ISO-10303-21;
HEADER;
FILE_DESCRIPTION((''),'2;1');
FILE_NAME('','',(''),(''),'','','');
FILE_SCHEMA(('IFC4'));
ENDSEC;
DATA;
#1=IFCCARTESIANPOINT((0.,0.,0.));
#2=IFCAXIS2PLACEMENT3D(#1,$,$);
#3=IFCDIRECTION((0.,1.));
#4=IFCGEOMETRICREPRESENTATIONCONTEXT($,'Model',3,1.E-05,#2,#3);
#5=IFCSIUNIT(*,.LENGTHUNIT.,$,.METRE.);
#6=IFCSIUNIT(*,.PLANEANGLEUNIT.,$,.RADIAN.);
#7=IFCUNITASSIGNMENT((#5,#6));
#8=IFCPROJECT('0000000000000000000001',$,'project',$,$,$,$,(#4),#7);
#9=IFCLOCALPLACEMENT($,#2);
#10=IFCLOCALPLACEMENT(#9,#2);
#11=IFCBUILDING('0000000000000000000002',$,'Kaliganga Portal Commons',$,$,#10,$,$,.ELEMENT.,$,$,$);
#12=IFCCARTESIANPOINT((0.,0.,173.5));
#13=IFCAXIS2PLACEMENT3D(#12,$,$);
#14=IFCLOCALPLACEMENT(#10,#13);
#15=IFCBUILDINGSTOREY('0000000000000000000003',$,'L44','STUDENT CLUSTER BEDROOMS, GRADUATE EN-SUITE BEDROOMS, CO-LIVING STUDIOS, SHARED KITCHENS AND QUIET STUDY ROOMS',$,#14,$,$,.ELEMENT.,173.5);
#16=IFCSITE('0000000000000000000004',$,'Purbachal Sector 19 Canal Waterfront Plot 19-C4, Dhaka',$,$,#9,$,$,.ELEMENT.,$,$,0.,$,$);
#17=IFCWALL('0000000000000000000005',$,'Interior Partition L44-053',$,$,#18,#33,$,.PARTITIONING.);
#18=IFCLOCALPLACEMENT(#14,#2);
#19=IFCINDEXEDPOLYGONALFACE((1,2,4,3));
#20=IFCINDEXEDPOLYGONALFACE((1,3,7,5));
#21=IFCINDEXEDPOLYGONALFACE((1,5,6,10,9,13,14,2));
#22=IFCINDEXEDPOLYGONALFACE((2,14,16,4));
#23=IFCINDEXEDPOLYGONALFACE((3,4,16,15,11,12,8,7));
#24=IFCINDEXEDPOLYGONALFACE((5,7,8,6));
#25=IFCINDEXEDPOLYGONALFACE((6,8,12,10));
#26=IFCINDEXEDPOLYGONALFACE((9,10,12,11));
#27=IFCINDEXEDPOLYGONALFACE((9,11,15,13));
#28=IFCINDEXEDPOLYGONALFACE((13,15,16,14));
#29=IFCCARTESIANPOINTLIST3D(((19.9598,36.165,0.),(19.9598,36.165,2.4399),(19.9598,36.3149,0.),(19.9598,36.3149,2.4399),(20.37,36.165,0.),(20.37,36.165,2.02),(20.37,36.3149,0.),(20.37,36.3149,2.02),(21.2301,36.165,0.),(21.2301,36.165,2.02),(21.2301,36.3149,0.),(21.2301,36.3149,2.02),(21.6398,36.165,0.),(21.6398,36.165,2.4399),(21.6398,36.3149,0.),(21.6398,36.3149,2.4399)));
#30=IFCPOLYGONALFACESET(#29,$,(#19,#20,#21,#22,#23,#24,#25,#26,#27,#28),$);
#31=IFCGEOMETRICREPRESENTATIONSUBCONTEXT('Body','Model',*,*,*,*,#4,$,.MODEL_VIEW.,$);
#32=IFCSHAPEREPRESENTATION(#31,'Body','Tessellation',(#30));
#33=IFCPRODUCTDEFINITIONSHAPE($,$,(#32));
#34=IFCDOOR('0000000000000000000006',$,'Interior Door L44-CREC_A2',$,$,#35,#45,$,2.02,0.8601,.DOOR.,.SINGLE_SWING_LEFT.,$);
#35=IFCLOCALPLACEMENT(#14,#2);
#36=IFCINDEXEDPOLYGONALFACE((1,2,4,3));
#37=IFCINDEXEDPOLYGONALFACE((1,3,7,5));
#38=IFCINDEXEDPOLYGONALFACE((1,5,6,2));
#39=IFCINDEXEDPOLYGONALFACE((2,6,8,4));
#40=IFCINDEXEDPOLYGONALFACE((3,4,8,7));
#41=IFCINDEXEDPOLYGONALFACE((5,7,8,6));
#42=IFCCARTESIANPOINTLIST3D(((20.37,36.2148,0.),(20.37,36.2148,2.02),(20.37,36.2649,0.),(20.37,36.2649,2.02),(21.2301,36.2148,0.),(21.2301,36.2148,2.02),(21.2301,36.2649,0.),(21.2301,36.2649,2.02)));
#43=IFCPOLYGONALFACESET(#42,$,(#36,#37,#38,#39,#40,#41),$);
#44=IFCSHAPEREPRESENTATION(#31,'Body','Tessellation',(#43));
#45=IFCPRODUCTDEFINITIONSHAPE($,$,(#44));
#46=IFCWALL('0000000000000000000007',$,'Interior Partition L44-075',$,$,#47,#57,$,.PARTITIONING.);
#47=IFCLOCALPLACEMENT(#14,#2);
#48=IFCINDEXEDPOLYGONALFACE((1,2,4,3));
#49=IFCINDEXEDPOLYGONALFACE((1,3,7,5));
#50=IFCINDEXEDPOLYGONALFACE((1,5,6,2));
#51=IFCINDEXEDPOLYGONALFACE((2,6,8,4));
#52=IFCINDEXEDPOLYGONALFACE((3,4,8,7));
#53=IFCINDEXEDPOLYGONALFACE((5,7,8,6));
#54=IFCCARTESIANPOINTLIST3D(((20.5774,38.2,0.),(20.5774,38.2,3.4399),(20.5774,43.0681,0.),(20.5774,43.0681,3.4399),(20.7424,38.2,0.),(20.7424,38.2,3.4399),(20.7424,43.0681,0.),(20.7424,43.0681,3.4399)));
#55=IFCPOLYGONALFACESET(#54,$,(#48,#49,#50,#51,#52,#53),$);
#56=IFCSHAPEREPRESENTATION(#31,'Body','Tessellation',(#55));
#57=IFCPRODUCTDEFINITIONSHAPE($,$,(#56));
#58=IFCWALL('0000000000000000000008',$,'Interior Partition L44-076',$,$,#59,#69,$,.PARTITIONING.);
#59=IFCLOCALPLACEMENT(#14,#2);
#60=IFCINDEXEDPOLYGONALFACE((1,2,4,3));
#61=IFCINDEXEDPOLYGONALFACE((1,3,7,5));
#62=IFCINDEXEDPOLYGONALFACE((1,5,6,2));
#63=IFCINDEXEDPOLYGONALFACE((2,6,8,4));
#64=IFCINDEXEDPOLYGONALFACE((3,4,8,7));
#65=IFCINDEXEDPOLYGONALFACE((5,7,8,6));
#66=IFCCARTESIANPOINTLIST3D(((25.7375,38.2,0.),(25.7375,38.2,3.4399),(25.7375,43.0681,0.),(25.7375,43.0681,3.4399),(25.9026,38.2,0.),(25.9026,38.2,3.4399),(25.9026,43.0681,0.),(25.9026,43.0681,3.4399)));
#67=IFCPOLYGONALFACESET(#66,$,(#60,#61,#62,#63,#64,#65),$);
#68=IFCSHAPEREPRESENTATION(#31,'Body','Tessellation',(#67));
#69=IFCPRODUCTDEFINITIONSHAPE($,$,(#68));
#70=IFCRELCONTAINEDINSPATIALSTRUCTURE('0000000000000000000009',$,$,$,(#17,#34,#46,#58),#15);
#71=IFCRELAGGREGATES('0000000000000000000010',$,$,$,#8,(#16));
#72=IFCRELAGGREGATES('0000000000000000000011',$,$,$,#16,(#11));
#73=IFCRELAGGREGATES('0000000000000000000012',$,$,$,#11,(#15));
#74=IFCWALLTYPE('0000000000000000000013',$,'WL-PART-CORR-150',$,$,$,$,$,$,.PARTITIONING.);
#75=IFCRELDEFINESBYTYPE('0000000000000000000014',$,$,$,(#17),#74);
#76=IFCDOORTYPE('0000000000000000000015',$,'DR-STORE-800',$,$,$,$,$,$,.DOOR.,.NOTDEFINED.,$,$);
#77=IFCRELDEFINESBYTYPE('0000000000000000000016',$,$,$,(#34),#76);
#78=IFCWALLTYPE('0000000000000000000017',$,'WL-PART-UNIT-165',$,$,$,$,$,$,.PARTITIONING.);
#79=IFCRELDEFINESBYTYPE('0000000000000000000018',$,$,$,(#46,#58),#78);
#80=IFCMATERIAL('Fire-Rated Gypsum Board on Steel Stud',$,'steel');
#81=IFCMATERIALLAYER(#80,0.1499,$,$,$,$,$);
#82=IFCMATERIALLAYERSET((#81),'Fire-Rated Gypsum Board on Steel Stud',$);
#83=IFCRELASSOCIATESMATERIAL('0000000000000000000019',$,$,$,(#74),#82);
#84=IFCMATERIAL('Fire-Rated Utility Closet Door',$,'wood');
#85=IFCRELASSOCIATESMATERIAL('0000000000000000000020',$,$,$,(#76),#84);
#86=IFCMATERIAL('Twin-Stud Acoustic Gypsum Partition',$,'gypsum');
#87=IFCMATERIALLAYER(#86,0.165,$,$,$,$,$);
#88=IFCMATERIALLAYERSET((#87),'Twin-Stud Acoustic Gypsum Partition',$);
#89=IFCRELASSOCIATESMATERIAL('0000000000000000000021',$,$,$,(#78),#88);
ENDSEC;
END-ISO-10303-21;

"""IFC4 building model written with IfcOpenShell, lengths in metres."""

from ifc_helpers import new_model, si_unit, direction, frame, frame_2d, origin, place, context, subcontext, project, spatial, rectangle, extrude, material, layer, layer_set, type_object, element, fill, save


model = new_model("IFC4")

# Units and contexts
model_context = context("Model", 3, precision=1e-05, world=origin(), true_north=direction((0.0, 1.0)))
body_context = subcontext(model_context, "Body", "Model", "MODEL_VIEW")
ifc_project = project(units=[si_unit("LENGTHUNIT", "METRE"), si_unit("PLANEANGLEUNIT", "RADIAN")], contexts=[model_context])

# Site, building, storey
site_placement = place(None, origin())
site = spatial("IfcSite", under=ifc_project, at=site_placement, Name="Purbachal Sector 19 Canal Waterfront Plot 19-C4, Dhaka", CompositionType="ELEMENT", RefElevation=0.0)
building_placement = place(site_placement, origin())
building = spatial("IfcBuilding", under=site, at=building_placement, Name="Kaliganga Portal Commons", CompositionType="ELEMENT")
storey_placement = place(building_placement, frame((0.0, 0.0, 173.5)))
storey = spatial("IfcBuildingStorey", under=building, at=storey_placement, Name="L44", Description="STUDENT CLUSTER BEDROOMS, GRADUATE EN-SUITE BEDROOMS, CO-LIVING STUDIOS, SHARED KITCHENS AND QUIET STUDY ROOMS", CompositionType="ELEMENT", Elevation=173.5)

# Wall, opening, door
ifc_material_1 = material(Name="Fire-Rated Gypsum Board on Steel Stud", Category="steel")
ifc_layer_1 = layer(ifc_material_1, 0.1499)
ifc_layer_set_1 = layer_set([ifc_layer_1], Name="Fire-Rated Gypsum Board on Steel Stud")
wall_type_1 = type_object("IfcWallType", Name="WL-PART-CORR-150", PredefinedType="PARTITIONING", material=ifc_layer_set_1)
wall_1_placement = place(storey_placement, frame((19.96, 36.24, 0.0), z_axis=(0.0, 0.0, 1.0), x_axis=(1.0, 0.0, 0.0)))
wall_1 = element("IfcWall", 1, at=wall_1_placement, inside=storey, type_object=wall_type_1, Name="Interior Partition L44-053", PredefinedType="PARTITIONING", context=body_context, shape_type="SweptSolid", body=[
    extrude(rectangle(XDim=1.6799, YDim=0.1499, at=frame_2d((0.8398, 0.0))), origin(), (0.0, 0.0, 1.0), 2.4399),
])
opening_1_placement = place(wall_1_placement, frame((0.4099, 0.0, 0.0)))
opening_1 = element("IfcOpeningElement", 2, at=opening_1_placement, cuts=wall_1, PredefinedType="OPENING", context=body_context, shape_type="SweptSolid", body=[
    extrude(rectangle(XDim=0.8601, YDim=2.02, at=frame_2d((0.4302, 1.01))), frame((0.0, 0.085, 0.0), z_axis=(0.0, -1.0, 0.0), x_axis=(1.0, 0.0, 0.0)), (0.0, 0.0, 1.0), 0.1699),
])
ifc_material_2 = material(Name="Fire-Rated Utility Closet Door", Category="wood")
door_type_1 = type_object("IfcDoorType", Name="DR-STORE-800", OperationType="NOTDEFINED", PredefinedType="DOOR", material=ifc_material_2)
door_1_placement = place(opening_1_placement, origin())
door_1 = element("IfcDoor", 3, at=door_1_placement, inside=storey, type_object=door_type_1, Name="Interior Door L44-CREC_A2", OperationType="SINGLE_SWING_LEFT", OverallHeight=2.02, OverallWidth=0.8601, PredefinedType="DOOR", context=body_context, shape_type="SweptSolid", body=[
    extrude(rectangle(XDim=0.8601, YDim=2.02, at=frame_2d((0.4302, 1.01))), frame((0.0, 0.0249, 0.0), z_axis=(0.0, -1.0, 0.0), x_axis=(1.0, 0.0, 0.0)), (0.0, 0.0, 1.0), 0.05),
])
fill(opening_1, door_1)

# Walls
ifc_material_3 = material(Name="Twin-Stud Acoustic Gypsum Partition", Category="gypsum")
ifc_layer_2 = layer(ifc_material_3, 0.165)
ifc_layer_set_2 = layer_set([ifc_layer_2], Name="Twin-Stud Acoustic Gypsum Partition")
wall_type_2 = type_object("IfcWallType", Name="WL-PART-UNIT-165", PredefinedType="PARTITIONING", material=ifc_layer_set_2)
for number, where, z_axis, x_axis, name in (
    (4, (20.6599, 38.2, 0.0), (0.0, 0.0, 1.0), (0.0, 1.0, 0.0), "Interior Partition L44-075"),
    (5, (25.8201, 38.2, 0.0), (0.0, 0.0, 1.0), (0.0, 1.0, 0.0), "Interior Partition L44-076"),
):
    element("IfcWall", number, at=place(storey_placement, frame(where, z_axis=z_axis, x_axis=x_axis)), inside=storey, type_object=wall_type_2, Name=name, PredefinedType="PARTITIONING", context=body_context, shape_type="SweptSolid", body=[
        extrude(rectangle(XDim=4.8682, YDim=0.165, at=frame_2d((2.4341, 0.0))), origin(), (0.0, 0.0, 1.0), 3.4399),
    ])

save(model, "model.ifc")
